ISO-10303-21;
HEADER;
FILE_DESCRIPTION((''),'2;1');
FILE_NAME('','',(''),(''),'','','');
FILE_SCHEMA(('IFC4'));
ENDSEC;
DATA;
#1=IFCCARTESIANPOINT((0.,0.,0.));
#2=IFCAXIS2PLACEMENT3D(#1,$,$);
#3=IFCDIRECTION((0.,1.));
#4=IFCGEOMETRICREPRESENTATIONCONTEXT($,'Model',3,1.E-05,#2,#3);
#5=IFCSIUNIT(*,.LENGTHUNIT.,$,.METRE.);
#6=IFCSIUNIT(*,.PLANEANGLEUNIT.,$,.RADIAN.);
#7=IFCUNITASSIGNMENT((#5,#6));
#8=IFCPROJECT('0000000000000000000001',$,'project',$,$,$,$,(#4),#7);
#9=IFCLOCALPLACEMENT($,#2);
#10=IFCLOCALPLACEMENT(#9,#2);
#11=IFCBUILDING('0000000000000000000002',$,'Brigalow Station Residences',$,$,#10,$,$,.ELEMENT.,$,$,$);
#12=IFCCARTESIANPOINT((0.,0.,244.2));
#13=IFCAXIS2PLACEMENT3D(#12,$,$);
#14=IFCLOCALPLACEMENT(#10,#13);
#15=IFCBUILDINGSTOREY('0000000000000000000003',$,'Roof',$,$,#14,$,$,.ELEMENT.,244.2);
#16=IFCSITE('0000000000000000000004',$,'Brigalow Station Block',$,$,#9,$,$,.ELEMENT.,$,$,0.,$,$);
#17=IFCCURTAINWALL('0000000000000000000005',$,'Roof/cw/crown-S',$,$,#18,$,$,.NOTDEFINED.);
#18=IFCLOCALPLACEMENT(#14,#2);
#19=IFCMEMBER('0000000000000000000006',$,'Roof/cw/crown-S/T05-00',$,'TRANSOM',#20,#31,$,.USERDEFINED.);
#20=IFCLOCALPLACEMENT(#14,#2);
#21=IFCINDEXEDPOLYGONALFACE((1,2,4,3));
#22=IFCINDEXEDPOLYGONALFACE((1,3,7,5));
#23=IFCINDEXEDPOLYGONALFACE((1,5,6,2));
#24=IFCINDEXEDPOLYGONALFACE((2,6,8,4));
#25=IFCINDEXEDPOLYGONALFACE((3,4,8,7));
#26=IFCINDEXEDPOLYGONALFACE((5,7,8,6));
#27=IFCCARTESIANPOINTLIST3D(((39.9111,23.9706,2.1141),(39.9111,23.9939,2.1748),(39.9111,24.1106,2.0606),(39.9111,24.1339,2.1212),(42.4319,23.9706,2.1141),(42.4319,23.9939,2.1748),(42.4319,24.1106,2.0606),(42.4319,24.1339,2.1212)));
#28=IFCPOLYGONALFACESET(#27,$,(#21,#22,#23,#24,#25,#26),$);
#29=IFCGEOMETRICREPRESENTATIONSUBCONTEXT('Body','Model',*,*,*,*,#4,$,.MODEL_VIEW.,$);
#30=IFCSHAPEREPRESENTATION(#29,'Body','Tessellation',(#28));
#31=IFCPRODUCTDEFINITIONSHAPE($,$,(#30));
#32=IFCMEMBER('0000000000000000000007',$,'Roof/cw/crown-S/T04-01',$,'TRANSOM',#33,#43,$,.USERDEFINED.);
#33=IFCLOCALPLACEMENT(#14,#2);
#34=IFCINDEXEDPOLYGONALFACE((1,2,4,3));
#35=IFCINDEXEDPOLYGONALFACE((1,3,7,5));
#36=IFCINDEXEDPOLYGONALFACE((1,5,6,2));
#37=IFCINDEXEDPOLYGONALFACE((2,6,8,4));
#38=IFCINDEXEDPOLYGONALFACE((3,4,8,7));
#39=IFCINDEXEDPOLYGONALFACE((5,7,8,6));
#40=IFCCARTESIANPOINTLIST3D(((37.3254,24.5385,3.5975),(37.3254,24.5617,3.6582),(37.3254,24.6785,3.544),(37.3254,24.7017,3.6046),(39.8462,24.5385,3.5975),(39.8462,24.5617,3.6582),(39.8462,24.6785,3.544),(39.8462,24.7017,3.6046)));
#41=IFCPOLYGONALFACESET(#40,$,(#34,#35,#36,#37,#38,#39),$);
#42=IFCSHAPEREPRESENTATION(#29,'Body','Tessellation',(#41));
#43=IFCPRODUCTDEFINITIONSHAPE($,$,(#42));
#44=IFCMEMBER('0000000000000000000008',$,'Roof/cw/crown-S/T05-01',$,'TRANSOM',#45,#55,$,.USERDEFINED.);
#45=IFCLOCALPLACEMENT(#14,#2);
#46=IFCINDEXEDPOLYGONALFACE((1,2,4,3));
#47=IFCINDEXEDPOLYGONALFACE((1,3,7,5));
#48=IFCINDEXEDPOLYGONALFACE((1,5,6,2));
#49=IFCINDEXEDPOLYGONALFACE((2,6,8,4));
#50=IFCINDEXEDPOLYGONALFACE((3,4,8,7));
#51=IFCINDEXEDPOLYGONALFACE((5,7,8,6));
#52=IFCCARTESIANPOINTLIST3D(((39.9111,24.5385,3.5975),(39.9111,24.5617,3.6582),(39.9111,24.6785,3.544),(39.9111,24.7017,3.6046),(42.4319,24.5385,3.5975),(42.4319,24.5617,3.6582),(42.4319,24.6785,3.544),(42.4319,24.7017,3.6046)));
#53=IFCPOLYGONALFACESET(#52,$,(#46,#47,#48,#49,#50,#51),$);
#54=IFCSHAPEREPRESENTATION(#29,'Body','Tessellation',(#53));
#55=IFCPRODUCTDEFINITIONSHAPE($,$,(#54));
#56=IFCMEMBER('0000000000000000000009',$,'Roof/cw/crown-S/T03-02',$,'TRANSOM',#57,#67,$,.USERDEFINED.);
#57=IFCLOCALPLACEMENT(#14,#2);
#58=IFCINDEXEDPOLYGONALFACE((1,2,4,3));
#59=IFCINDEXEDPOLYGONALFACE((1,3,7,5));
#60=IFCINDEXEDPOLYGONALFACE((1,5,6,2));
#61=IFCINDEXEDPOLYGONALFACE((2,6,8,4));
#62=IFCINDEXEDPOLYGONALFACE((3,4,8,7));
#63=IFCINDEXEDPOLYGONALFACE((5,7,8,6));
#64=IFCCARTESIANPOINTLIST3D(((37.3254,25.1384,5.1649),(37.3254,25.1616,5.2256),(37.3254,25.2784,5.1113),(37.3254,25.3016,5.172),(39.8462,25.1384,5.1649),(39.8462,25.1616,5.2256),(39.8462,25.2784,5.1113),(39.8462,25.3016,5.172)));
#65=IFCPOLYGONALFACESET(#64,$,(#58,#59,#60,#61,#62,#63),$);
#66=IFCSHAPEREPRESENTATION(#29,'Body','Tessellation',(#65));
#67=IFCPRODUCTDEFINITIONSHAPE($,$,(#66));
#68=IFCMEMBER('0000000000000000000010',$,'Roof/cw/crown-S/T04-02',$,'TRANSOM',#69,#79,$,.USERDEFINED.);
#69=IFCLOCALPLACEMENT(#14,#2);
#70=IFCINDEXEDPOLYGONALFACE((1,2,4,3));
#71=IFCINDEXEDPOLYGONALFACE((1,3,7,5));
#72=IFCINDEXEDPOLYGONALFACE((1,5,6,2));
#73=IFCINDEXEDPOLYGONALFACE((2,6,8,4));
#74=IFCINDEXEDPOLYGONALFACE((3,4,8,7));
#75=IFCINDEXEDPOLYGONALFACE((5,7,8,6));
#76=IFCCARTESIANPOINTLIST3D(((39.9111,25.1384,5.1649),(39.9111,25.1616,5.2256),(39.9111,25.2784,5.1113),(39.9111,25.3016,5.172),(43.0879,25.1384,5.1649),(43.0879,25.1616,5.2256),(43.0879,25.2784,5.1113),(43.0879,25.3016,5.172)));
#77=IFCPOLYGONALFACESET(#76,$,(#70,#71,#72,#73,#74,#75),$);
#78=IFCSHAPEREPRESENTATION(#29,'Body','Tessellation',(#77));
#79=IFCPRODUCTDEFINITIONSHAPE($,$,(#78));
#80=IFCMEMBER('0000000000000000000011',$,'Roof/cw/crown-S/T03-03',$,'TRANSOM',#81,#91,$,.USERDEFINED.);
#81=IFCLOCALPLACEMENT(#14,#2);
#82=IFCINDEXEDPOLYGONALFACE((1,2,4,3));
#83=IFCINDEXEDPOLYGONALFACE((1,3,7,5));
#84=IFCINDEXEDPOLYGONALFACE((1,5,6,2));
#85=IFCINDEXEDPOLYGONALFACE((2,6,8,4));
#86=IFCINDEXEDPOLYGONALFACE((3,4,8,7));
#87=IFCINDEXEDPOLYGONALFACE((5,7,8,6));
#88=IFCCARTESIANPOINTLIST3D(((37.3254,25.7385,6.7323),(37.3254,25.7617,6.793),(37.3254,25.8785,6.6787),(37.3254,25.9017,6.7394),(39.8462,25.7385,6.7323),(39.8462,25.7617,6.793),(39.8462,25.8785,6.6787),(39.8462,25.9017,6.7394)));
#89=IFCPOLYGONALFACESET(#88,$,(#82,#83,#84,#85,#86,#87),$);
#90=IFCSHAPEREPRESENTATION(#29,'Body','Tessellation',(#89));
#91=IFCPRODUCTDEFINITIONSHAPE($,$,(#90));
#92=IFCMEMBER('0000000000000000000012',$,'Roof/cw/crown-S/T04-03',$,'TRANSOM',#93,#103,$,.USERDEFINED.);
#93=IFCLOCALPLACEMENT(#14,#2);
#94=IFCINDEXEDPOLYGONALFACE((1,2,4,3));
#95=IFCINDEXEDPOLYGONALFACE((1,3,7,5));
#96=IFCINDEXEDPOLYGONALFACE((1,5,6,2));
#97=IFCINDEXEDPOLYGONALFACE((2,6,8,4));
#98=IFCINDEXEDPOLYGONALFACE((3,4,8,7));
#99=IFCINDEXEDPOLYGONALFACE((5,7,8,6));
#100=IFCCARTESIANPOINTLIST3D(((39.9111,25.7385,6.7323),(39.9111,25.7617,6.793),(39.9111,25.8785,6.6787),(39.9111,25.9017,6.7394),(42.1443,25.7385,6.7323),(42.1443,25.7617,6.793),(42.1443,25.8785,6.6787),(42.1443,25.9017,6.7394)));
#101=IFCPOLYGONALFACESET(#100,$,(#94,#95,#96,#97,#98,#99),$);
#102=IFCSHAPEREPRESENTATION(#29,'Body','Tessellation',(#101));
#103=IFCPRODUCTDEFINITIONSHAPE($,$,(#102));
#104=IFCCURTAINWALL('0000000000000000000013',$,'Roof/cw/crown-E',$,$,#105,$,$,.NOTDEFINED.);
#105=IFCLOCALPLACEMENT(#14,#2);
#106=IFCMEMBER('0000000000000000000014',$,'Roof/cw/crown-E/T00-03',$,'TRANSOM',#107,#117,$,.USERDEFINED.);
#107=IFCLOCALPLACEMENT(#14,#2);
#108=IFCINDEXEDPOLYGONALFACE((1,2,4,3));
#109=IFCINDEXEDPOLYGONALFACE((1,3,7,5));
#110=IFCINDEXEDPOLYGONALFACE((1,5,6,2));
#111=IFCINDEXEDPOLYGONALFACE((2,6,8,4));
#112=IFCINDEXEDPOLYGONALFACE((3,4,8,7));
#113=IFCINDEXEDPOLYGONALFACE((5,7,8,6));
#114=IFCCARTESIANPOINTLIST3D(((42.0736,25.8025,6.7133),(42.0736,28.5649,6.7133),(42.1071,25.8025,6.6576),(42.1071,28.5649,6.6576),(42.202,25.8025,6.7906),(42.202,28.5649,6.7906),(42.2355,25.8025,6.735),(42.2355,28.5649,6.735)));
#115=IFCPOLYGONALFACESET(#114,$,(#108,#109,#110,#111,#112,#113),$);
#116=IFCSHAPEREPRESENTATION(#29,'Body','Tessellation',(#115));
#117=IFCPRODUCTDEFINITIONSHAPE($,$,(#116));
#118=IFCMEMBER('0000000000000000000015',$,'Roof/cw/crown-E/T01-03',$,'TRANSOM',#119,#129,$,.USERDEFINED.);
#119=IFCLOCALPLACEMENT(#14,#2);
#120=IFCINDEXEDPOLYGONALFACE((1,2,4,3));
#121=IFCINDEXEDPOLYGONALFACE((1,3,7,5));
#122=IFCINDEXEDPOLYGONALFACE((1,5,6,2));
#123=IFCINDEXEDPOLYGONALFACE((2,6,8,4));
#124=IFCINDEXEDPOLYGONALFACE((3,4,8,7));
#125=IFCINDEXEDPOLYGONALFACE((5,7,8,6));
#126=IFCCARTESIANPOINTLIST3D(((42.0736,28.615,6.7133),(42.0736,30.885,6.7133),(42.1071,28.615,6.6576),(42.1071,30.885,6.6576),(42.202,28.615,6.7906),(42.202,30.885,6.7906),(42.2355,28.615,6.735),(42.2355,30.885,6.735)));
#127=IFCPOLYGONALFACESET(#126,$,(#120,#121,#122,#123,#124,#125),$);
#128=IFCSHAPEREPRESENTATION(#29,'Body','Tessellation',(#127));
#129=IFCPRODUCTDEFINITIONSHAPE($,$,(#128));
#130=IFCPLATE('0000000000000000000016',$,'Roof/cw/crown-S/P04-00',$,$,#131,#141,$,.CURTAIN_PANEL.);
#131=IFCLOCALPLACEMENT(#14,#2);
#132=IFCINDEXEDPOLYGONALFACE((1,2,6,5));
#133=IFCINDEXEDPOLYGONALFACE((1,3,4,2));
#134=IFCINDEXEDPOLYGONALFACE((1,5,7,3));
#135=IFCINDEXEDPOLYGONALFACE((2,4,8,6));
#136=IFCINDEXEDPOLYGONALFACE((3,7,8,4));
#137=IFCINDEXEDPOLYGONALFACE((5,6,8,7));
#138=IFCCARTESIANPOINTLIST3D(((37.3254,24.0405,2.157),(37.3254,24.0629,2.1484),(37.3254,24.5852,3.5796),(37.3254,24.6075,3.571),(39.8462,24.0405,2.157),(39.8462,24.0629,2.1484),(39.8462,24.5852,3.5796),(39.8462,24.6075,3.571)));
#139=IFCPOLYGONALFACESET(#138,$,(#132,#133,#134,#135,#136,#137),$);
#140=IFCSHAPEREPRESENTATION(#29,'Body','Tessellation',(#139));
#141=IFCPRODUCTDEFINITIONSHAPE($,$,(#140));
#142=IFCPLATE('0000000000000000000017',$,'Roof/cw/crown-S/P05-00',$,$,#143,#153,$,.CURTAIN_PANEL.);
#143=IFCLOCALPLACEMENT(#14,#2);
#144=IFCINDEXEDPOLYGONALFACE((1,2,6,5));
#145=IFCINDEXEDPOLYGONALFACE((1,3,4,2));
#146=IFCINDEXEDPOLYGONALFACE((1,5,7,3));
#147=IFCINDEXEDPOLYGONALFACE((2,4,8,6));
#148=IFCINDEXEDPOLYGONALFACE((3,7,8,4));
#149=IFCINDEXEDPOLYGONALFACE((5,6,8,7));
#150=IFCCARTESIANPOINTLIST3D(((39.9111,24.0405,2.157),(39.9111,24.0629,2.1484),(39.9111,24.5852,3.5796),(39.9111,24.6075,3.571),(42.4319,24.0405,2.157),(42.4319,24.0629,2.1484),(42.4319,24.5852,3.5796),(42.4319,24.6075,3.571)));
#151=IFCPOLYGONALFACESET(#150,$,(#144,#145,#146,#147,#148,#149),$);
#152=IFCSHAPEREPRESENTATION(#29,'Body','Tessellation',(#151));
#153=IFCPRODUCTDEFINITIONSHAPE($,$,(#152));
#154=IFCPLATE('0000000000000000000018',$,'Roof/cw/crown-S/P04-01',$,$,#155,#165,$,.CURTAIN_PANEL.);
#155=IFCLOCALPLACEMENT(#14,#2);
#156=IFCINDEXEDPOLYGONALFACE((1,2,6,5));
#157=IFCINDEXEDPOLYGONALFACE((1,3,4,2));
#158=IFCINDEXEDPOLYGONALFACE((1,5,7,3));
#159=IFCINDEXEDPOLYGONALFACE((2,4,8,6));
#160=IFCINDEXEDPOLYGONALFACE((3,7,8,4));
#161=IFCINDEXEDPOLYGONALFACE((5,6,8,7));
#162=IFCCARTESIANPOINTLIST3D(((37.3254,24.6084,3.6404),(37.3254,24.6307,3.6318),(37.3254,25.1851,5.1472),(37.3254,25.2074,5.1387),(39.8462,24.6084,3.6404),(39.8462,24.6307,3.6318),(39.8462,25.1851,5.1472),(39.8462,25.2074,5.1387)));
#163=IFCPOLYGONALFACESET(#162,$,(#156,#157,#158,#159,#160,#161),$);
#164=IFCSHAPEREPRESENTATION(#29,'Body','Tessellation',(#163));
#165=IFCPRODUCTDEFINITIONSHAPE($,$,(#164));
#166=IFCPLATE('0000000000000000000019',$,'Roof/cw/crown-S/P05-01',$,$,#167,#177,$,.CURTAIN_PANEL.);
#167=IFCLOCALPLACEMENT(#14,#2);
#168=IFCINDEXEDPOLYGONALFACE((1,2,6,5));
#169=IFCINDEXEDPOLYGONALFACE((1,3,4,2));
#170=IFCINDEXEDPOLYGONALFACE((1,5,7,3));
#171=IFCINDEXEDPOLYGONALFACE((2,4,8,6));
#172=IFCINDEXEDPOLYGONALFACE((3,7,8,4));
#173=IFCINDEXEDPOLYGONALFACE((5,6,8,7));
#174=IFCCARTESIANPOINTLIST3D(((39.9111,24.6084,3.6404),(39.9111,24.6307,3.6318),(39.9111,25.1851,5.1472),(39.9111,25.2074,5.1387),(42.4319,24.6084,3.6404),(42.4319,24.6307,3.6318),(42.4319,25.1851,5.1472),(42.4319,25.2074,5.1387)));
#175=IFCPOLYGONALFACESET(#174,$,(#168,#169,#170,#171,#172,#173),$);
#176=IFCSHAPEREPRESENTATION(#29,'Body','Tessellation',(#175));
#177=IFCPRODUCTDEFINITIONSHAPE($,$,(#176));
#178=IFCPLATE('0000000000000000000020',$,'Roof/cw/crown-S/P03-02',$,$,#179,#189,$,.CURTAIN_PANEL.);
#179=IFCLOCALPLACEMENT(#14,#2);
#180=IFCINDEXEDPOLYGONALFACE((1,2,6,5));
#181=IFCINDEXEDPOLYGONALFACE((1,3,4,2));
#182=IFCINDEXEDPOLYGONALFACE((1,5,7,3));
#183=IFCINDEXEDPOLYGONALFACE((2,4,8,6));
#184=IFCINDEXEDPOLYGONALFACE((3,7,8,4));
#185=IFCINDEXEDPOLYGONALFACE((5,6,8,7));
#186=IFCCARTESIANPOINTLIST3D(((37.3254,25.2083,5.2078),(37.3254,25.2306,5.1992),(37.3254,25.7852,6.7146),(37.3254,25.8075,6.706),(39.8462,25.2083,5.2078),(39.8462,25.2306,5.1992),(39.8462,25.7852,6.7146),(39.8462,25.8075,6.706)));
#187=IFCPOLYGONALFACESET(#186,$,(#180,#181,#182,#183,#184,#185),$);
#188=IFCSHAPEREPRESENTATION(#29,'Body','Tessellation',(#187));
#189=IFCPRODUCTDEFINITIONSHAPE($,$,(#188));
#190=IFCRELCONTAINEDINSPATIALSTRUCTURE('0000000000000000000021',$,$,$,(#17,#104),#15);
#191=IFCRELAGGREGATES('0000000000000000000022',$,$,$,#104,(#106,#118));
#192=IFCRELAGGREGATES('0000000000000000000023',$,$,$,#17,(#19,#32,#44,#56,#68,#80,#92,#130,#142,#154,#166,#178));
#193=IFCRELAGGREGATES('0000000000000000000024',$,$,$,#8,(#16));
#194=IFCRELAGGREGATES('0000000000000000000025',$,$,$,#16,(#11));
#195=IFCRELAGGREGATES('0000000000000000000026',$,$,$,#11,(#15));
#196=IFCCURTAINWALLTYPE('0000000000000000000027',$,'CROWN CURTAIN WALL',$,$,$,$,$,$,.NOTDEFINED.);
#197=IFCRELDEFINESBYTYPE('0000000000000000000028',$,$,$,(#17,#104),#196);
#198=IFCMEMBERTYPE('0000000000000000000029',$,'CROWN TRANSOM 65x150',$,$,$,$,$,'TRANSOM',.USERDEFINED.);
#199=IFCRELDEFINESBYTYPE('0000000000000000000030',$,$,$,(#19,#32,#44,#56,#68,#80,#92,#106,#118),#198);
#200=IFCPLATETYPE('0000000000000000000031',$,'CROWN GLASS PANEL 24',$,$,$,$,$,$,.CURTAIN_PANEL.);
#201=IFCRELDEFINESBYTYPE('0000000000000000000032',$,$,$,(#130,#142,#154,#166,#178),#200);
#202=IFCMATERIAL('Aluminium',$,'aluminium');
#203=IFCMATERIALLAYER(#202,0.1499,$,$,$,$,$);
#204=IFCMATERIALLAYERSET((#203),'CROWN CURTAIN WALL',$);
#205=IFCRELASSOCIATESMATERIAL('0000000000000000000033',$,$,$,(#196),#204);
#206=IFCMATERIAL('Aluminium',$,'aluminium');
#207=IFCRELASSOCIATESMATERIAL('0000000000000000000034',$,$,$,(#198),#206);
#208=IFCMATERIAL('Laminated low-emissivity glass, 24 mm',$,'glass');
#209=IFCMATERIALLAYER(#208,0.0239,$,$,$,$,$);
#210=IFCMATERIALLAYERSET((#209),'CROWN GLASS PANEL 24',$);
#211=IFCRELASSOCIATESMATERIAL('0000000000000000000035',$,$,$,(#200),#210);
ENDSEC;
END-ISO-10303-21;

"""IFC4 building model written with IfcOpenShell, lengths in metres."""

from ifc_helpers import new_model, si_unit, direction, frame, origin, origin_2d, place, context, subcontext, project, spatial, polyline, rectangle, outline, extrude, material, layer, layer_set, material_profile, profile_set, type_object, element, aggregate, save


model = new_model("IFC4")

# Units and contexts
model_context = context("Model", 3, precision=1e-05, world=origin(), true_north=direction((0.0, 1.0)))
body_context = subcontext(model_context, "Body", "Model", "MODEL_VIEW")
ifc_project = project(units=[si_unit("LENGTHUNIT", "METRE"), si_unit("PLANEANGLEUNIT", "RADIAN")], contexts=[model_context])

# Site, building, storey
site_placement = place(None, origin())
site = spatial("IfcSite", under=ifc_project, at=site_placement, Name="Brigalow Station Block", CompositionType="ELEMENT", RefElevation=0.0)
building_placement = place(site_placement, origin())
building = spatial("IfcBuilding", under=site, at=building_placement, Name="Brigalow Station Residences", CompositionType="ELEMENT")
storey_placement = place(building_placement, frame((0.0, 0.0, 244.2)))
storey = spatial("IfcBuildingStorey", under=building, at=storey_placement, Name="Roof", CompositionType="ELEMENT", Elevation=244.2)

# Curtain walls, members
ifc_material_1 = material(Name="Aluminium", Category="aluminium")
ifc_layer_1 = layer(ifc_material_1, 0.1499)
ifc_layer_set_1 = layer_set([ifc_layer_1], Name="CROWN CURTAIN WALL")
curtain_wall_type = type_object("IfcCurtainWallType", Name="CROWN CURTAIN WALL", PredefinedType="NOTDEFINED", material=ifc_layer_set_1)
curtain_wall_1_placement = place(storey_placement, origin())
curtain_wall_1 = element("IfcCurtainWall", 1, at=curtain_wall_1_placement, inside=storey, type_object=curtain_wall_type, Name="Roof/cw/crown-S", PredefinedType="NOTDEFINED")
ifc_material_2 = material(Name="Aluminium", Category="aluminium")
ifc_material_profile_1 = material_profile(ifc_material_2, rectangle(XDim=0.0649, YDim=0.1499, at=origin_2d()), Name="CROWN TRANSOM 65x150")
ifc_profile_set_1 = profile_set([ifc_material_profile_1], Name="Aluminium")
member_type_1 = type_object("IfcMemberType", Name="CROWN TRANSOM 65x150", ElementType="TRANSOM", PredefinedType="USERDEFINED", material=ifc_profile_set_1)
member_1_placement = place(storey_placement, frame((39.9111, 24.0522, 2.1177), z_axis=(1.0, 0.0, 0.0), x_axis=(0.0, 0.357491, 0.933917)))
member_1 = element("IfcMember", 2, at=member_1_placement, type_object=member_type_1, Name="Roof/cw/crown-S/T05-00", ObjectType="TRANSOM", PredefinedType="USERDEFINED", context=body_context, shape_type="SweptSolid", body=[
    extrude(rectangle(XDim=0.0649, YDim=0.1499, at=origin_2d()), origin(), (0.0, 0.0, 1.0), 2.5208),
])
member_2_placement = place(storey_placement, frame((37.3254, 24.6201, 3.6011), z_axis=(1.0, 0.0, 0.0), x_axis=(0.0, 0.357491, 0.933917)))
member_2 = element("IfcMember", 3, at=member_2_placement, type_object=member_type_1, Name="Roof/cw/crown-S/T04-01", ObjectType="TRANSOM", PredefinedType="USERDEFINED", context=body_context, shape_type="SweptSolid", body=[
    extrude(rectangle(XDim=0.0649, YDim=0.1499, at=origin_2d()), origin(), (0.0, 0.0, 1.0), 2.5208),
])
member_3_placement = place(storey_placement, frame((39.9111, 24.6201, 3.6011), z_axis=(1.0, 0.0, 0.0), x_axis=(0.0, 0.357491, 0.933917)))
member_3 = element("IfcMember", 4, at=member_3_placement, type_object=member_type_1, Name="Roof/cw/crown-S/T05-01", ObjectType="TRANSOM", PredefinedType="USERDEFINED", context=body_context, shape_type="SweptSolid", body=[
    extrude(rectangle(XDim=0.0649, YDim=0.1499, at=origin_2d()), origin(), (0.0, 0.0, 1.0), 2.5208),
])
member_4_placement = place(storey_placement, frame((37.3254, 25.22, 5.1685), z_axis=(1.0, 0.0, 0.0), x_axis=(0.0, 0.357491, 0.933917)))
member_4 = element("IfcMember", 5, at=member_4_placement, type_object=member_type_1, Name="Roof/cw/crown-S/T03-02", ObjectType="TRANSOM", PredefinedType="USERDEFINED", context=body_context, shape_type="SweptSolid", body=[
    extrude(rectangle(XDim=0.0649, YDim=0.1499, at=origin_2d()), origin(), (0.0, 0.0, 1.0), 2.5208),
])
member_5_placement = place(storey_placement, frame((39.9111, 25.22, 5.1685), z_axis=(1.0, 0.0, 0.0), x_axis=(0.0, 0.357491, 0.933917)))
member_5 = element("IfcMember", 6, at=member_5_placement, type_object=member_type_1, Name="Roof/cw/crown-S/T04-02", ObjectType="TRANSOM", PredefinedType="USERDEFINED", context=body_context, shape_type="SweptSolid", body=[
    extrude(rectangle(XDim=0.0649, YDim=0.1499, at=origin_2d()), origin(), (0.0, 0.0, 1.0), 3.1768),
])
member_6_placement = place(storey_placement, frame((37.3254, 25.8201, 6.7358), z_axis=(1.0, 0.0, 0.0), x_axis=(0.0, 0.357491, 0.933917)))
member_6 = element("IfcMember", 7, at=member_6_placement, type_object=member_type_1, Name="Roof/cw/crown-S/T03-03", ObjectType="TRANSOM", PredefinedType="USERDEFINED", context=body_context, shape_type="SweptSolid", body=[
    extrude(rectangle(XDim=0.0649, YDim=0.1499, at=origin_2d()), origin(), (0.0, 0.0, 1.0), 2.5208),
])
member_7_placement = place(storey_placement, frame((39.9111, 25.8201, 6.7358), z_axis=(1.0, 0.0, 0.0), x_axis=(0.0, 0.357491, 0.933917)))
member_7 = element("IfcMember", 8, at=member_7_placement, type_object=member_type_1, Name="Roof/cw/crown-S/T04-03", ObjectType="TRANSOM", PredefinedType="USERDEFINED", context=body_context, shape_type="SweptSolid", body=[
    extrude(rectangle(XDim=0.0649, YDim=0.1499, at=origin_2d()), origin(), (0.0, 0.0, 1.0), 2.2332),
])
curtain_wall_2_placement = place(storey_placement, origin())
curtain_wall_2 = element("IfcCurtainWall", 9, at=curtain_wall_2_placement, inside=storey, type_object=curtain_wall_type, Name="Roof/cw/crown-E", PredefinedType="NOTDEFINED")
member_8_placement = place(storey_placement, frame((42.1545, 25.8025, 6.7241), z_axis=(0.0, 1.0, 0.0), x_axis=(-0.515813, 0.0, 0.856701)))
member_8 = element("IfcMember", 10, at=member_8_placement, type_object=member_type_1, Name="Roof/cw/crown-E/T00-03", ObjectType="TRANSOM", PredefinedType="USERDEFINED", context=body_context, shape_type="SweptSolid", body=[
    extrude(rectangle(XDim=0.0649, YDim=0.1499, at=origin_2d()), origin(), (0.0, 0.0, 1.0), 2.7625),
])
member_9_placement = place(storey_placement, frame((42.1545, 28.615, 6.7241), z_axis=(0.0, 1.0, 0.0), x_axis=(-0.515813, 0.0, 0.856701)))
member_9 = element("IfcMember", 11, at=member_9_placement, type_object=member_type_1, Name="Roof/cw/crown-E/T01-03", ObjectType="TRANSOM", PredefinedType="USERDEFINED", context=body_context, shape_type="SweptSolid", body=[
    extrude(rectangle(XDim=0.0649, YDim=0.1499, at=origin_2d()), origin(), (0.0, 0.0, 1.0), 2.27),
])
aggregate(curtain_wall_2, [member_8, member_9])

# Plates
ifc_material_3 = material(Name="Laminated low-emissivity glass, 24 mm", Category="glass")
ifc_layer_2 = layer(ifc_material_3, 0.0239)
ifc_layer_set_2 = layer_set([ifc_layer_2], Name="CROWN GLASS PANEL 24")
plate_type = type_object("IfcPlateType", Name="CROWN GLASS PANEL 24", PredefinedType="CURTAIN_PANEL", material=ifc_layer_set_2)
plate_1_placement = place(storey_placement, frame((37.3254, 24.0405, 2.157), z_axis=(0.0, -0.93389, 0.357561), x_axis=(1.0, 0.0, 0.0)))
plate_1 = element("IfcPlate", 12, at=plate_1_placement, type_object=plate_type, Name="Roof/cw/crown-S/P04-00", PredefinedType="CURTAIN_PANEL", context=body_context, shape_type="SweptSolid", body=[
    extrude(outline(polyline([(0.0, 0.0), (2.5208, 0.0), (2.5208, 1.5233), (0.0, 1.5233), (0.0, 0.0)])), origin(), (0.0, 0.0, -1.0), 0.0239),
])
plate_2_placement = place(storey_placement, frame((39.9111, 24.0405, 2.157), z_axis=(0.0, -0.93389, 0.357561), x_axis=(1.0, 0.0, 0.0)))
plate_2 = element("IfcPlate", 13, at=plate_2_placement, type_object=plate_type, Name="Roof/cw/crown-S/P05-00", PredefinedType="CURTAIN_PANEL", context=body_context, shape_type="SweptSolid", body=[
    extrude(outline(polyline([(0.0, 0.0), (2.5208, 0.0), (2.5208, 1.5233), (0.0, 1.5233), (0.0, 0.0)])), origin(), (0.0, 0.0, -1.0), 0.0239),
])
plate_3_placement = place(storey_placement, frame((37.3254, 24.6084, 3.6404), z_axis=(0.0, -0.933945, 0.357417), x_axis=(1.0, 0.0, 0.0)))
plate_3 = element("IfcPlate", 14, at=plate_3_placement, type_object=plate_type, Name="Roof/cw/crown-S/P04-01", PredefinedType="CURTAIN_PANEL", context=body_context, shape_type="SweptSolid", body=[
    extrude(outline(polyline([(0.0, 0.0), (2.5208, 0.0), (2.5208, 1.6134), (0.0, 1.6134), (0.0, 0.0)])), origin(), (0.0, 0.0, -1.0), 0.0239),
])
plate_4_placement = place(storey_placement, frame((39.9111, 24.6084, 3.6404), z_axis=(0.0, -0.933945, 0.357417), x_axis=(1.0, 0.0, 0.0)))
plate_4 = element("IfcPlate", 15, at=plate_4_placement, type_object=plate_type, Name="Roof/cw/crown-S/P05-01", PredefinedType="CURTAIN_PANEL", context=body_context, shape_type="SweptSolid", body=[
    extrude(outline(polyline([(0.0, 0.0), (2.5208, 0.0), (2.5208, 1.6134), (0.0, 1.6134), (0.0, 0.0)])), origin(), (0.0, 0.0, -1.0), 0.0239),
])
plate_5_placement = place(storey_placement, frame((37.3254, 25.2083, 5.2078), z_axis=(0.0, -0.933894, 0.357549), x_axis=(1.0, 0.0, 0.0)))
plate_5 = element("IfcPlate", 16, at=plate_5_placement, type_object=plate_type, Name="Roof/cw/crown-S/P03-02", PredefinedType="CURTAIN_PANEL", context=body_context, shape_type="SweptSolid", body=[
    extrude(outline(polyline([(0.0, 0.0), (2.5208, 0.0), (2.5208, 1.6135), (0.0, 1.6135), (0.0, 0.0)])), origin(), (0.0, 0.0, -1.0), 0.0239),
])
aggregate(curtain_wall_1, [member_1, member_2, member_3, member_4, member_5, member_6, member_7, plate_1, plate_2, plate_3, plate_4, plate_5])

save(model, "model.ifc")
